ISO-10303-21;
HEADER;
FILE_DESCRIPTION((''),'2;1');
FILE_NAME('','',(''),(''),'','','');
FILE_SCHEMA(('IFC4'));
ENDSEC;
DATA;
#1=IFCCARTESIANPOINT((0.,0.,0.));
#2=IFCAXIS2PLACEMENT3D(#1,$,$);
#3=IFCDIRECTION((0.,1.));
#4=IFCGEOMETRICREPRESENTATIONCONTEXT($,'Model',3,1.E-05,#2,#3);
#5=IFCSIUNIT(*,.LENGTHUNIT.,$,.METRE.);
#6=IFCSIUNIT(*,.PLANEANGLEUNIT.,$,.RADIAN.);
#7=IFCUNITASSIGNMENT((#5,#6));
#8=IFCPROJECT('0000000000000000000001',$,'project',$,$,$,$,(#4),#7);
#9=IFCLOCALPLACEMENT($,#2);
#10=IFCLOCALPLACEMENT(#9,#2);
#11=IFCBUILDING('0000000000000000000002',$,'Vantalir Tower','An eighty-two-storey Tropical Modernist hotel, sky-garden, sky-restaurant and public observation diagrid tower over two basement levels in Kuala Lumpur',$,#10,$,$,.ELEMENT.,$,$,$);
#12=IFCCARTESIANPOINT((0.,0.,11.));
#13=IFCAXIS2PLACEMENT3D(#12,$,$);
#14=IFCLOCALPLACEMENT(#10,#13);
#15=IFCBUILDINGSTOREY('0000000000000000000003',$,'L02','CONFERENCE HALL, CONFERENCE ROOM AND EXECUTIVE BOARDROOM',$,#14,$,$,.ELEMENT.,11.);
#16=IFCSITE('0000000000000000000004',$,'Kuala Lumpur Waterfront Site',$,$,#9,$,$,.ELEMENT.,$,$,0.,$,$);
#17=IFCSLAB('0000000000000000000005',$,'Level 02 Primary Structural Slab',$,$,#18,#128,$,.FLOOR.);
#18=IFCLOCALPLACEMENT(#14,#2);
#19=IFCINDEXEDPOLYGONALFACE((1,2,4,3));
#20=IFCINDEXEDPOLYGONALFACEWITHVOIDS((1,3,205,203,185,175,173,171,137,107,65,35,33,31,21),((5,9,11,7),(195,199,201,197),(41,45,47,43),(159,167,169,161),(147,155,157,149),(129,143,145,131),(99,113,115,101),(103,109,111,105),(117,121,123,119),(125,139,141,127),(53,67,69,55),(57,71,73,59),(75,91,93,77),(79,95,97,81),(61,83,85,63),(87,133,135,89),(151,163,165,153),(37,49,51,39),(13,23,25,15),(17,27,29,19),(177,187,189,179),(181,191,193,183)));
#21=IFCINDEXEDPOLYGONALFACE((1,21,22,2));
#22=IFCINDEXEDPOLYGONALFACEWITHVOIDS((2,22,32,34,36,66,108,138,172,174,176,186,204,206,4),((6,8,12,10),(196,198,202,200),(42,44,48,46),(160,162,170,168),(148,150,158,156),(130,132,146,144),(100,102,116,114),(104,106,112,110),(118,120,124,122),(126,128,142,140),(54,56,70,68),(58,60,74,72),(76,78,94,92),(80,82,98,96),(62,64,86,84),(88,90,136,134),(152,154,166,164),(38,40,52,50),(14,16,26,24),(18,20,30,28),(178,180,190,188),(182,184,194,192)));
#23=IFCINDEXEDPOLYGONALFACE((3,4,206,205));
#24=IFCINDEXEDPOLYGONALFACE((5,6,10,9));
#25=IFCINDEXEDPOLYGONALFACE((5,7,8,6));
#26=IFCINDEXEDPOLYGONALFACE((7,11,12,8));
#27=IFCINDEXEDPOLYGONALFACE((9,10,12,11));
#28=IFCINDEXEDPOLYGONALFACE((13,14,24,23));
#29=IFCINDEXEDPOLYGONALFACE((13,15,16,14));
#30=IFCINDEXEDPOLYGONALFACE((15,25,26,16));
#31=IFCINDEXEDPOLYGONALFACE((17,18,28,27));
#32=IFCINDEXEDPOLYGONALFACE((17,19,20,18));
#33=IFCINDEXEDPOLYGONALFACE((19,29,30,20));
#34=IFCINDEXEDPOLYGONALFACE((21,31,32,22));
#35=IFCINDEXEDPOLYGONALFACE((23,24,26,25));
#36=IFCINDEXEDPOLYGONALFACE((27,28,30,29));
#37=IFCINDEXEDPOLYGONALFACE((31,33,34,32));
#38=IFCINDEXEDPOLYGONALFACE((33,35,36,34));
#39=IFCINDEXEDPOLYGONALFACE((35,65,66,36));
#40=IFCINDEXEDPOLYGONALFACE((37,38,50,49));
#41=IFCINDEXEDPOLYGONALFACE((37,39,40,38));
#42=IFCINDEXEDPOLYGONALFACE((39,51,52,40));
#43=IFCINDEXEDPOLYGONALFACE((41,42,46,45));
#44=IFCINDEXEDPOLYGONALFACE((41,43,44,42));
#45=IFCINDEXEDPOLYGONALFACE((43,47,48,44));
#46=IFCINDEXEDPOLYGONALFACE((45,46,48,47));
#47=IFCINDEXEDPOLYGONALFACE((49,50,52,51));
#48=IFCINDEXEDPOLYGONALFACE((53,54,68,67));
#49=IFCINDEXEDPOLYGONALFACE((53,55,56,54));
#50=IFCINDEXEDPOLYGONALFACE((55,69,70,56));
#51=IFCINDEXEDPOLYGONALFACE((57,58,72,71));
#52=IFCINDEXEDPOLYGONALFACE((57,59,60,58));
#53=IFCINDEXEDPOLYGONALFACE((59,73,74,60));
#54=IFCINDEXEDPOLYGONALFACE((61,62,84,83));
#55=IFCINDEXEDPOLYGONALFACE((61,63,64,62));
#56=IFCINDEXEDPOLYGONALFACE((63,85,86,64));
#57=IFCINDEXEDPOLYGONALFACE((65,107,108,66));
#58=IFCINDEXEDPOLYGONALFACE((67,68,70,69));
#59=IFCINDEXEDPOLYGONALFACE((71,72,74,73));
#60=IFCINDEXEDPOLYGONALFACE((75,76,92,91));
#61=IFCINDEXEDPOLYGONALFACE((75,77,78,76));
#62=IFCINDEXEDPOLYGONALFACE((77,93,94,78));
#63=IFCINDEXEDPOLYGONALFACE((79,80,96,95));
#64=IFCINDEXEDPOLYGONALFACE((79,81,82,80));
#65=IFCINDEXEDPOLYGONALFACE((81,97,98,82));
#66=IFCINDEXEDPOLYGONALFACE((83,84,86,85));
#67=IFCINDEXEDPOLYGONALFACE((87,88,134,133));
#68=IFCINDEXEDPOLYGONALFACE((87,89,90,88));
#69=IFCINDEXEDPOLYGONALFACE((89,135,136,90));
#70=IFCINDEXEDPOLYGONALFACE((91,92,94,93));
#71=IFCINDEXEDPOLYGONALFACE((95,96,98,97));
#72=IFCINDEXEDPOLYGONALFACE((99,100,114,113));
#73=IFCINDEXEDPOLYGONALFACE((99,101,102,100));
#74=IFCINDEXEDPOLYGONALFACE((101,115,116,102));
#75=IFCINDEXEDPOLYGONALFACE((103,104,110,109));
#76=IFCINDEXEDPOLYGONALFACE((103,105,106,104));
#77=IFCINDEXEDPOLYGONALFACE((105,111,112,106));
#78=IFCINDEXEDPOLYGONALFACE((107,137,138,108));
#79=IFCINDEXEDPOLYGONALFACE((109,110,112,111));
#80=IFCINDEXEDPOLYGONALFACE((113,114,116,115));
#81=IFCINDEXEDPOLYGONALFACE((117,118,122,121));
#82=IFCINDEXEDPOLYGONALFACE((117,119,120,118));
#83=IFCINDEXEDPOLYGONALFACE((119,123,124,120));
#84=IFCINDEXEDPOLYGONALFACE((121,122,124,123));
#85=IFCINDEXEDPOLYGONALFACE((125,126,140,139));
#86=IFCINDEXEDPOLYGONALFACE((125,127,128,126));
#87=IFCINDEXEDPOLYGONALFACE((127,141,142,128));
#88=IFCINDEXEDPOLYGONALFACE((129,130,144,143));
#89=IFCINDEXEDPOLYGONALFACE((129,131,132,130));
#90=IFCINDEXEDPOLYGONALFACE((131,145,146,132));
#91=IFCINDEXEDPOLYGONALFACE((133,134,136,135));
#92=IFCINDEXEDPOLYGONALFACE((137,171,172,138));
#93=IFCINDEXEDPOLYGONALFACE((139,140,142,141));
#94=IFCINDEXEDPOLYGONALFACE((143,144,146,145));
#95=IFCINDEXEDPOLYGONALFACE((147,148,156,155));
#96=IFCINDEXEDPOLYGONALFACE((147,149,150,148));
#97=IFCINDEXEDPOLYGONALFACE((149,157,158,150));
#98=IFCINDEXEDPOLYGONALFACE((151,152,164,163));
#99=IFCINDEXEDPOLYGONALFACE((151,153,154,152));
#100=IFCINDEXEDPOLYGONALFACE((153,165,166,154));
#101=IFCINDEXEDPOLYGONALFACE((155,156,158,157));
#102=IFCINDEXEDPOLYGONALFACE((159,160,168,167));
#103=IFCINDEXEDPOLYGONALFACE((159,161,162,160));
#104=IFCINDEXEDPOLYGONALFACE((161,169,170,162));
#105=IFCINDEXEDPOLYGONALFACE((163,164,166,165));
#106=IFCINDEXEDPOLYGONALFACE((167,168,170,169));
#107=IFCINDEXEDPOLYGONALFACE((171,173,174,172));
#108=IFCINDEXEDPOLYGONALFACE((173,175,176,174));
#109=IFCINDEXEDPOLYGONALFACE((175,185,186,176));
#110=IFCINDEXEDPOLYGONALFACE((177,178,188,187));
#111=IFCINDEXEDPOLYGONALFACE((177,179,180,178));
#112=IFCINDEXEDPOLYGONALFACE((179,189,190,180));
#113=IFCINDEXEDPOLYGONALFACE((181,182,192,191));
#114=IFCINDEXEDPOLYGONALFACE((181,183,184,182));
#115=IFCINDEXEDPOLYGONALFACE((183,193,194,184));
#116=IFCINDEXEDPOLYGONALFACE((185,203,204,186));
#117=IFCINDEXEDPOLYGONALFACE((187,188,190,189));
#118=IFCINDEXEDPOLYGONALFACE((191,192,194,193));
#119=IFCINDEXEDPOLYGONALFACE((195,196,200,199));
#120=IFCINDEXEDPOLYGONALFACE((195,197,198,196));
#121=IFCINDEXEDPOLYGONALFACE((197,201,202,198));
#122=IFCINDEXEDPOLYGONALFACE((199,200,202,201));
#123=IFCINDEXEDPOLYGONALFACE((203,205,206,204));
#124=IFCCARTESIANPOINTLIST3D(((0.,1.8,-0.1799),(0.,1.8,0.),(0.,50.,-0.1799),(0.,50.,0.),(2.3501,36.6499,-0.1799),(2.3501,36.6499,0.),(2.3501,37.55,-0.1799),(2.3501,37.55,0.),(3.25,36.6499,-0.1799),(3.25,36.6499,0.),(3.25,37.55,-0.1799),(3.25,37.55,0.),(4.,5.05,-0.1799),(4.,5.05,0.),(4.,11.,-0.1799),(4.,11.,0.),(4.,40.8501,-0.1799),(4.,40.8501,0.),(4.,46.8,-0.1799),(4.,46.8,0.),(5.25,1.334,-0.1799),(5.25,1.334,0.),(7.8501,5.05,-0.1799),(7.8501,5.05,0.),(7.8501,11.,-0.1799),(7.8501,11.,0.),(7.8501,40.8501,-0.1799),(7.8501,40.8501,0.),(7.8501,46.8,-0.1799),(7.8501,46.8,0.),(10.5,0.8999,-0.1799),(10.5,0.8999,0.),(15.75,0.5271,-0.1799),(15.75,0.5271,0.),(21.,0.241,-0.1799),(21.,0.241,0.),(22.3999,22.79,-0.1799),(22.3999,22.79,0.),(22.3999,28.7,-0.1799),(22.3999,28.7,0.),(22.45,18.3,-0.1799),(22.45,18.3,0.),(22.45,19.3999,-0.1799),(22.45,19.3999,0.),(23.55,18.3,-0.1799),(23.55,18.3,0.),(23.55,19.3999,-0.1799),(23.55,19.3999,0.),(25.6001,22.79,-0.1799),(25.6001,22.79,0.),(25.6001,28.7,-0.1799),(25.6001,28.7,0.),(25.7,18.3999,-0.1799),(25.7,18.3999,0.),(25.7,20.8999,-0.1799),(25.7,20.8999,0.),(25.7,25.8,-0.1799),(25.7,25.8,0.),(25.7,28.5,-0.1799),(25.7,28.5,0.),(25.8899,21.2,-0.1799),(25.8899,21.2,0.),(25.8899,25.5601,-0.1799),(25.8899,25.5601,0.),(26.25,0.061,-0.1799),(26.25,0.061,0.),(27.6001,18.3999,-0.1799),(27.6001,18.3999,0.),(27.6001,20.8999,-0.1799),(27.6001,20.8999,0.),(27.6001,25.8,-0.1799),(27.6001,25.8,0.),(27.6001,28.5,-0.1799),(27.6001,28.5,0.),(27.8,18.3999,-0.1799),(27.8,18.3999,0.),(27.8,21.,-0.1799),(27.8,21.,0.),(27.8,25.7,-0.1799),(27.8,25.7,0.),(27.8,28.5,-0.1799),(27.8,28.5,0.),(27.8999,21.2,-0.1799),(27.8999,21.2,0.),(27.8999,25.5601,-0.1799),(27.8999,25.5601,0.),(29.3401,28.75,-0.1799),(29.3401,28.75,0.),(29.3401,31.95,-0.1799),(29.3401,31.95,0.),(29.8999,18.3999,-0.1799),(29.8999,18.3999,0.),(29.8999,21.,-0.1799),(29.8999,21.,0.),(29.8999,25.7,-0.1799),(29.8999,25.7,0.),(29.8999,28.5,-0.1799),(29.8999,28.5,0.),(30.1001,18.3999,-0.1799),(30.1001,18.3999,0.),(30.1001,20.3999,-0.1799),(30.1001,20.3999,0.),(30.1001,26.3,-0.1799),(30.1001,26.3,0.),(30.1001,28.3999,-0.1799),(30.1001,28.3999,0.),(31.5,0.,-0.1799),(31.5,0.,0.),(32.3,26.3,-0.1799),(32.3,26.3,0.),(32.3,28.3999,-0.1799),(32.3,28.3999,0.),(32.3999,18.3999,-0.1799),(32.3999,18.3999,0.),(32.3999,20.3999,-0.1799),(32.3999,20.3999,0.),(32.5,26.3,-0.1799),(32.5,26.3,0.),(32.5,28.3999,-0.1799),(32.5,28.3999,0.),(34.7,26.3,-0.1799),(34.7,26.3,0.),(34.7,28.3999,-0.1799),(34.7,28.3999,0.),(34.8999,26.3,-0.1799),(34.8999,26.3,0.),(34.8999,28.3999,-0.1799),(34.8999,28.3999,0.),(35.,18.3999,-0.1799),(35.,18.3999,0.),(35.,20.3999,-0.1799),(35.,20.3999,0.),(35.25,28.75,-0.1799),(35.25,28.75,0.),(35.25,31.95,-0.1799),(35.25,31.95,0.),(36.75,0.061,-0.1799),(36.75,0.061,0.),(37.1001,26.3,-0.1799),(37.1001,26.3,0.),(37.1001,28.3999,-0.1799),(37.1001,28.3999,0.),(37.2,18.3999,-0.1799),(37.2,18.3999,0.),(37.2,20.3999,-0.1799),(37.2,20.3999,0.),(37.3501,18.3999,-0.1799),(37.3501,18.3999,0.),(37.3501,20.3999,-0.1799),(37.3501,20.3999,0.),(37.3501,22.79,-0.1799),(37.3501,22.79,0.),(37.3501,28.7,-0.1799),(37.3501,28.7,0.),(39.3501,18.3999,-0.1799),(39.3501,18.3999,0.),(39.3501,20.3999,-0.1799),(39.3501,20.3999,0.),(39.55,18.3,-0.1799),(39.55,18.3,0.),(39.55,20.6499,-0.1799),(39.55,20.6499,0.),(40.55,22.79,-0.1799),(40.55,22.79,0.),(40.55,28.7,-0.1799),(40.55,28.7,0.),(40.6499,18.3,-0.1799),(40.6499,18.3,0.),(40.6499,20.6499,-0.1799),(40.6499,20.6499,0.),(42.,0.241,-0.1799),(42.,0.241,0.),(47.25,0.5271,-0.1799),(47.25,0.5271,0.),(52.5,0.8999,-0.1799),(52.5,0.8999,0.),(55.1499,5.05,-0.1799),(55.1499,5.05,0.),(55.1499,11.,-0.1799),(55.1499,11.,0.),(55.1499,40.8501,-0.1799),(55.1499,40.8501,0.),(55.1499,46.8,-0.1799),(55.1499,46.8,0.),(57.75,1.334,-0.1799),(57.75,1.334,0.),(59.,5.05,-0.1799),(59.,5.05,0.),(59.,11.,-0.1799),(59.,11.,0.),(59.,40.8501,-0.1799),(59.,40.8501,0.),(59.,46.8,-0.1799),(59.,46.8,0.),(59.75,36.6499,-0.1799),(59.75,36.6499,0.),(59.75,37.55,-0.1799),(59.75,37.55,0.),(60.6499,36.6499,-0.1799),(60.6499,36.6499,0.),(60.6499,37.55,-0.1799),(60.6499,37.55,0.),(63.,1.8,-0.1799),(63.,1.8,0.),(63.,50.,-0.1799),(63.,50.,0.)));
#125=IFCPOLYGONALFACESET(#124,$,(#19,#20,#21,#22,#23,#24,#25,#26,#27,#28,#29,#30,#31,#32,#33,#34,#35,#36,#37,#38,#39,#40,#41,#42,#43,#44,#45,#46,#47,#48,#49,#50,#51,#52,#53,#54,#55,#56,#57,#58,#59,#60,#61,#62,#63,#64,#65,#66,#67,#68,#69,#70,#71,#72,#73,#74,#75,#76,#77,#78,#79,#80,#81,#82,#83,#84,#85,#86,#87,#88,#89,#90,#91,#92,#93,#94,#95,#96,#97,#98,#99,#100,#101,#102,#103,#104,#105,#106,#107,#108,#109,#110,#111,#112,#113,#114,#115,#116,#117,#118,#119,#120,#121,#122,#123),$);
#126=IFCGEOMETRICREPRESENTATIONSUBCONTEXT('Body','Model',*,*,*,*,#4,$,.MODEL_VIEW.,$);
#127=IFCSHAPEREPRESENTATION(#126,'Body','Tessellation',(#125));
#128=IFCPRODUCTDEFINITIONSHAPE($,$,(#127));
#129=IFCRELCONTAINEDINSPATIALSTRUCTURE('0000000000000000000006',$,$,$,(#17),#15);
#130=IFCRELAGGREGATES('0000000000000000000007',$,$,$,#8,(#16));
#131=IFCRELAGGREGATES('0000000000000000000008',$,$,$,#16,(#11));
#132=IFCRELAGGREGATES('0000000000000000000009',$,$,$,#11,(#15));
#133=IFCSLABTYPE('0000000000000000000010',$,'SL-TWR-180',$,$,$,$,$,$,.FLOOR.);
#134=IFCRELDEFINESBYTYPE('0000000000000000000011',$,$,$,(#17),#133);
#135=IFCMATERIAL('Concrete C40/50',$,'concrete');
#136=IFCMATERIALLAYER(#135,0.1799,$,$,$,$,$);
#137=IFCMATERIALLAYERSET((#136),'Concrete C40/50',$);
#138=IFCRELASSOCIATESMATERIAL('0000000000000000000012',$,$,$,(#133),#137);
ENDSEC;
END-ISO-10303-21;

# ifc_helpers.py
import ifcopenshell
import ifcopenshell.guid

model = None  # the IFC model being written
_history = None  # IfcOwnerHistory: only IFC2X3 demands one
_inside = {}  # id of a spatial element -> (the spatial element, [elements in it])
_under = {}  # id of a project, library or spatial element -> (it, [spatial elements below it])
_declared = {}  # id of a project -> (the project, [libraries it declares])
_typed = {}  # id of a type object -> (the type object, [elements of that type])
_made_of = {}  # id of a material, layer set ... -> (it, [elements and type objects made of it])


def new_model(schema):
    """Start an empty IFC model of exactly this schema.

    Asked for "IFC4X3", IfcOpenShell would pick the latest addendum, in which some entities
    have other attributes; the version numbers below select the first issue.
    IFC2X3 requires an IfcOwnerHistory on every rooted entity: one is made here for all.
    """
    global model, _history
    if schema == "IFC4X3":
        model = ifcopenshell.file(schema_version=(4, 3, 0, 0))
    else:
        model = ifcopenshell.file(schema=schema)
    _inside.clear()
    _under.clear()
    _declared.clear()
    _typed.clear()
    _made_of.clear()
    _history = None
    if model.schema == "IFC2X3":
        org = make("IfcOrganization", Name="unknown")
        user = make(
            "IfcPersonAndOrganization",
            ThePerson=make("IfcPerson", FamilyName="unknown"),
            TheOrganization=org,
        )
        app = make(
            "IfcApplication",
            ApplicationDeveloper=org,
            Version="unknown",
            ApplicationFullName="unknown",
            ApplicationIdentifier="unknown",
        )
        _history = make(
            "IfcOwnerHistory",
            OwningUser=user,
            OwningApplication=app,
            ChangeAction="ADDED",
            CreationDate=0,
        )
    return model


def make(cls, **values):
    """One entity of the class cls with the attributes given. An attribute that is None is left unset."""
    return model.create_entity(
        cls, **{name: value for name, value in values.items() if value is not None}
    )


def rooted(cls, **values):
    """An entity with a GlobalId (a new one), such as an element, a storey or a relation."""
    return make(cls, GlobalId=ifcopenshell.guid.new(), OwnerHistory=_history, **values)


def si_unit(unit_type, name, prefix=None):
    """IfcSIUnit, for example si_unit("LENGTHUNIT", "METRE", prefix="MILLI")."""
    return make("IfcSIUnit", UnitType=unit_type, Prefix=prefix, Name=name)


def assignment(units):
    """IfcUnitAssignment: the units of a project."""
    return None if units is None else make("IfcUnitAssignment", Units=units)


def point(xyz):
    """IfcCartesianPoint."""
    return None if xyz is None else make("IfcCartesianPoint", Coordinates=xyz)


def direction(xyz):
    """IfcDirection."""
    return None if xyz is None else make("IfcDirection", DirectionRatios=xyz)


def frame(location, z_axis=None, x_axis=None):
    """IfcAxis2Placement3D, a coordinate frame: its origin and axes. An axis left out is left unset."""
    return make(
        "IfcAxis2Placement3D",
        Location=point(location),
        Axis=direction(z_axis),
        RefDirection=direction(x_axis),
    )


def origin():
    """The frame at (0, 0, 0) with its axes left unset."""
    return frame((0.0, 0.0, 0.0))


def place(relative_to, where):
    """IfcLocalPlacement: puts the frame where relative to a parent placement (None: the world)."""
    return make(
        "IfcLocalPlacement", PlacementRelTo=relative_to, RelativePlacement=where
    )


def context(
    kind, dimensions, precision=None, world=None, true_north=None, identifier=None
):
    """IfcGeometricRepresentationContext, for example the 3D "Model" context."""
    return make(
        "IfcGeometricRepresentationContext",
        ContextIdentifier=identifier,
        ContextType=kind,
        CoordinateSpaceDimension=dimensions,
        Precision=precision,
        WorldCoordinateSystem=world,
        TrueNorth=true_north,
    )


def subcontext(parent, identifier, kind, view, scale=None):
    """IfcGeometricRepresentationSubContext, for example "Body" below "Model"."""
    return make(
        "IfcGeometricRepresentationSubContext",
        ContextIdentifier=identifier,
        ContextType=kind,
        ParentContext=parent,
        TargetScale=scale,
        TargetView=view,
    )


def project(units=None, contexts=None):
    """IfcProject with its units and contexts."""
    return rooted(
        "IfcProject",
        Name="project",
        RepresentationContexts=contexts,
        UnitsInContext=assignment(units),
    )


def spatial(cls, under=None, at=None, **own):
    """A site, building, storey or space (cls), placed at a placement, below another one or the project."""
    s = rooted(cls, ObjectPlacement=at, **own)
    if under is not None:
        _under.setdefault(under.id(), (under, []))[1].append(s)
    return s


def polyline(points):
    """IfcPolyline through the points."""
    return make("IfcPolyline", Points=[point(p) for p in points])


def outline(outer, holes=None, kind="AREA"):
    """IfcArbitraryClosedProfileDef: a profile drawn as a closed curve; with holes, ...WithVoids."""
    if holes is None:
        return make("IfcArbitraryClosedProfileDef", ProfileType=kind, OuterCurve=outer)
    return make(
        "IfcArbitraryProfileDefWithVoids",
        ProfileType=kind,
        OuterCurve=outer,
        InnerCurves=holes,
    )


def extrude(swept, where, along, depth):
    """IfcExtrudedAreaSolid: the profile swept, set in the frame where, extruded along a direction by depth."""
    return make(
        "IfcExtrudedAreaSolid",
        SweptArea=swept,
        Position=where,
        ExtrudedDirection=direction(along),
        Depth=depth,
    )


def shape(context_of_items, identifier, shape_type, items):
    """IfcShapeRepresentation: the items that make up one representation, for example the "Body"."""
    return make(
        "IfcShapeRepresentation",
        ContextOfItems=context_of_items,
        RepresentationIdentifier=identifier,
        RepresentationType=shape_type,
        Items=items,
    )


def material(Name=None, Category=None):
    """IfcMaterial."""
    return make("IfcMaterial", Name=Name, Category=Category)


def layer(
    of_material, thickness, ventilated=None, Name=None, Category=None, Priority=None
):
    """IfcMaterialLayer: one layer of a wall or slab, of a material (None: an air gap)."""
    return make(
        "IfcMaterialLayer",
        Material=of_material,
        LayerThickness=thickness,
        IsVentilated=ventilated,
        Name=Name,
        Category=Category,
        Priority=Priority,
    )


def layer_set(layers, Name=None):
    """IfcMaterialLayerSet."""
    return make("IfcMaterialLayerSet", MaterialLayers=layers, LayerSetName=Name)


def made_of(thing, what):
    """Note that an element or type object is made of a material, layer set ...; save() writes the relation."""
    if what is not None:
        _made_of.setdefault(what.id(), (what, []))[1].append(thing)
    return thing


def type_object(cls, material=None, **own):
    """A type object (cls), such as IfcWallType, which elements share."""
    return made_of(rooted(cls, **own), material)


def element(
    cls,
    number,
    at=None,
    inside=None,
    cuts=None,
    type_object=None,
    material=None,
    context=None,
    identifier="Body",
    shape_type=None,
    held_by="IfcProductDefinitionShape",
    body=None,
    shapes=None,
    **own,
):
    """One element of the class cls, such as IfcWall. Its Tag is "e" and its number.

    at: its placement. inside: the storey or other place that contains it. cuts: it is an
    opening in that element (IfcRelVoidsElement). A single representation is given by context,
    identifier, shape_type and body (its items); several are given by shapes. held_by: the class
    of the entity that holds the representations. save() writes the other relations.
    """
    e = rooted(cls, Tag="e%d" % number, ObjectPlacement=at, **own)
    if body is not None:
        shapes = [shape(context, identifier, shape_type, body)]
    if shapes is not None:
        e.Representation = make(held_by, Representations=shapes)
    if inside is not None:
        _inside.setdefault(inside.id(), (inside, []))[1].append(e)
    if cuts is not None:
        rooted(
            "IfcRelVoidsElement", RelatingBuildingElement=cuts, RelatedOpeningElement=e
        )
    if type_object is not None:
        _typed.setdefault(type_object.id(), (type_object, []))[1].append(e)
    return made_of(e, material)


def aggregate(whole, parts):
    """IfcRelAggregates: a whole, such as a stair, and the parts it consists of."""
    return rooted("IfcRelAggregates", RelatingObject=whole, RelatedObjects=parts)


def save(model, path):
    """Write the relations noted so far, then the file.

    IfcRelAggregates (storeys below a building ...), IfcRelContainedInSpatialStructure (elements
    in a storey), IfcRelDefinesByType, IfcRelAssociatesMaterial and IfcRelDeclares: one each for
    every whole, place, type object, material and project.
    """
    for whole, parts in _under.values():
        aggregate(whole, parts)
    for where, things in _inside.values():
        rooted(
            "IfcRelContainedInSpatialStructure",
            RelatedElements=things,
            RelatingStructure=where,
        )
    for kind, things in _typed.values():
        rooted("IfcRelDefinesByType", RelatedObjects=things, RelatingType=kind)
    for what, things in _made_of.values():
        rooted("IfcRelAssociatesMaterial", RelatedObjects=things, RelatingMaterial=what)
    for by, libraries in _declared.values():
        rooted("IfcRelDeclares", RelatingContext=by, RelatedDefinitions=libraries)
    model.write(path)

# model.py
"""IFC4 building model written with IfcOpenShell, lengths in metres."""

from ifc_helpers import new_model, si_unit, direction, frame, origin, place, context, subcontext, project, spatial, polyline, outline, extrude, material, layer, layer_set, type_object, element, save


model = new_model("IFC4")

# Units and contexts
model_context = context("Model", 3, precision=1e-05, world=origin(), true_north=direction((0.0, 1.0)))
body_context = subcontext(model_context, "Body", "Model", "MODEL_VIEW")
ifc_project = project(units=[si_unit("LENGTHUNIT", "METRE"), si_unit("PLANEANGLEUNIT", "RADIAN")], contexts=[model_context])

# Site, building, storey
site_placement = place(None, origin())
site = spatial("IfcSite", under=ifc_project, at=site_placement, Name="Kuala Lumpur Waterfront Site", CompositionType="ELEMENT", RefElevation=0.0)
building_placement = place(site_placement, origin())
building = spatial("IfcBuilding", under=site, at=building_placement, Name="Vantalir Tower", Description="An eighty-two-storey Tropical Modernist hotel, sky-garden, sky-restaurant and public observation diagrid tower over two basement levels in Kuala Lumpur", CompositionType="ELEMENT")
storey_placement = place(building_placement, frame((0.0, 0.0, 11.0)))
storey = spatial("IfcBuildingStorey", under=building, at=storey_placement, Name="L02", Description="CONFERENCE HALL, CONFERENCE ROOM AND EXECUTIVE BOARDROOM", CompositionType="ELEMENT", Elevation=11.0)

# Shared definitions
ifc_material_1 = material(Name="Concrete C40/50", Category="concrete")

# Slab
ifc_layer_1 = layer(ifc_material_1, 0.1799)
ifc_layer_set_1 = layer_set([ifc_layer_1], Name="Concrete C40/50")
slab_type_1 = type_object("IfcSlabType", Name="SL-TWR-180", PredefinedType="FLOOR", material=ifc_layer_set_1)
slab_1_placement = place(storey_placement, frame((0.0, 0.0, -0.1799)))
element("IfcSlab", 1, at=slab_1_placement, inside=storey, type_object=slab_type_1, Name="Level 02 Primary Structural Slab", PredefinedType="FLOOR", context=body_context, shape_type="SweptSolid", body=[
    extrude(outline(polyline([(47.25, 0.5271), (52.5, 0.8999), (57.75, 1.334), (63.0, 1.8), (63.0, 50.0), (0.0, 50.0), (0.0, 1.8), (5.25, 1.334), (10.5, 0.8999), (15.75, 0.5271), (21.0, 0.241), (26.25, 0.061), (31.5, 0.0), (36.75, 0.061), (42.0, 0.241), (47.25, 0.5271)]), holes=[polyline([(25.6001, 28.7), (25.6001, 22.79), (22.3999, 22.79), (22.3999, 28.7), (25.6001, 28.7)]), polyline([(40.55, 22.79), (37.3501, 22.79), (37.3501, 28.7), (40.55, 28.7), (40.55, 22.79)]), polyline([(29.3401, 31.95), (35.25, 31.95), (35.25, 28.75), (29.3401, 28.75), (29.3401, 31.95)]), polyline([(4.0, 46.8), (7.8501, 46.8), (7.8501, 40.8501), (4.0, 40.8501), (4.0, 46.8)]), polyline([(59.0, 46.8), (59.0, 40.8501), (55.1499, 40.8501), (55.1499, 46.8), (59.0, 46.8)]), polyline([(7.8501, 5.05), (4.0, 5.05), (4.0, 11.0), (7.8501, 11.0), (7.8501, 5.05)]), polyline([(55.1499, 5.05), (55.1499, 11.0), (59.0, 11.0), (59.0, 5.05), (55.1499, 5.05)]), polyline([(25.7, 20.8999), (27.6001, 20.8999), (27.6001, 18.3999), (25.7, 18.3999), (25.7, 20.8999)]), polyline([(27.6001, 28.5), (27.6001, 25.8), (25.7, 25.8), (25.7, 28.5), (27.6001, 28.5)]), polyline([(29.8999, 18.3999), (27.8, 18.3999), (27.8, 21.0), (29.8999, 21.0), (29.8999, 18.3999)]), polyline([(27.8, 25.7), (27.8, 28.5), (29.8999, 28.5), (29.8999, 25.7), (27.8, 25.7)]), polyline([(30.1001, 20.3999), (32.3999, 20.3999), (32.3999, 18.3999), (30.1001, 18.3999), (30.1001, 20.3999)]), polyline([(39.3501, 20.3999), (39.3501, 18.3999), (37.3501, 18.3999), (37.3501, 20.3999), (39.3501, 20.3999)]), polyline([(37.2, 18.3999), (35.0, 18.3999), (35.0, 20.3999), (37.2, 20.3999), (37.2, 18.3999)]), polyline([(30.1001, 26.3), (30.1001, 28.3999), (32.3, 28.3999), (32.3, 26.3), (30.1001, 26.3)]), polyline([(32.5, 28.3999), (34.7, 28.3999), (34.7, 26.3), (32.5, 26.3), (32.5, 28.3999)]), polyline([(37.1001, 28.3999), (37.1001, 26.3), (34.8999, 26.3), (34.8999, 28.3999), (37.1001, 28.3999)]), polyline([(27.8999, 21.2), (25.8899, 21.2), (25.8899, 25.5601), (27.8999, 25.5601), (27.8999, 21.2)]), polyline([(22.45, 18.3), (22.45, 19.3999), (23.55, 19.3999), (23.55, 18.3), (22.45, 18.3)]), polyline([(39.55, 20.6499), (40.6499, 20.6499), (40.6499, 18.3), (39.55, 18.3), (39.55, 20.6499)]), polyline([(3.25, 37.55), (3.25, 36.6499), (2.3501, 36.6499), (2.3501, 37.55), (3.25, 37.55)]), polyline([(60.6499, 36.6499), (59.75, 36.6499), (59.75, 37.55), (60.6499, 37.55), (60.6499, 36.6499)])]), origin(), (0.0, 0.0, 1.0), 0.1799),
])

save(model, "model.ifc")
